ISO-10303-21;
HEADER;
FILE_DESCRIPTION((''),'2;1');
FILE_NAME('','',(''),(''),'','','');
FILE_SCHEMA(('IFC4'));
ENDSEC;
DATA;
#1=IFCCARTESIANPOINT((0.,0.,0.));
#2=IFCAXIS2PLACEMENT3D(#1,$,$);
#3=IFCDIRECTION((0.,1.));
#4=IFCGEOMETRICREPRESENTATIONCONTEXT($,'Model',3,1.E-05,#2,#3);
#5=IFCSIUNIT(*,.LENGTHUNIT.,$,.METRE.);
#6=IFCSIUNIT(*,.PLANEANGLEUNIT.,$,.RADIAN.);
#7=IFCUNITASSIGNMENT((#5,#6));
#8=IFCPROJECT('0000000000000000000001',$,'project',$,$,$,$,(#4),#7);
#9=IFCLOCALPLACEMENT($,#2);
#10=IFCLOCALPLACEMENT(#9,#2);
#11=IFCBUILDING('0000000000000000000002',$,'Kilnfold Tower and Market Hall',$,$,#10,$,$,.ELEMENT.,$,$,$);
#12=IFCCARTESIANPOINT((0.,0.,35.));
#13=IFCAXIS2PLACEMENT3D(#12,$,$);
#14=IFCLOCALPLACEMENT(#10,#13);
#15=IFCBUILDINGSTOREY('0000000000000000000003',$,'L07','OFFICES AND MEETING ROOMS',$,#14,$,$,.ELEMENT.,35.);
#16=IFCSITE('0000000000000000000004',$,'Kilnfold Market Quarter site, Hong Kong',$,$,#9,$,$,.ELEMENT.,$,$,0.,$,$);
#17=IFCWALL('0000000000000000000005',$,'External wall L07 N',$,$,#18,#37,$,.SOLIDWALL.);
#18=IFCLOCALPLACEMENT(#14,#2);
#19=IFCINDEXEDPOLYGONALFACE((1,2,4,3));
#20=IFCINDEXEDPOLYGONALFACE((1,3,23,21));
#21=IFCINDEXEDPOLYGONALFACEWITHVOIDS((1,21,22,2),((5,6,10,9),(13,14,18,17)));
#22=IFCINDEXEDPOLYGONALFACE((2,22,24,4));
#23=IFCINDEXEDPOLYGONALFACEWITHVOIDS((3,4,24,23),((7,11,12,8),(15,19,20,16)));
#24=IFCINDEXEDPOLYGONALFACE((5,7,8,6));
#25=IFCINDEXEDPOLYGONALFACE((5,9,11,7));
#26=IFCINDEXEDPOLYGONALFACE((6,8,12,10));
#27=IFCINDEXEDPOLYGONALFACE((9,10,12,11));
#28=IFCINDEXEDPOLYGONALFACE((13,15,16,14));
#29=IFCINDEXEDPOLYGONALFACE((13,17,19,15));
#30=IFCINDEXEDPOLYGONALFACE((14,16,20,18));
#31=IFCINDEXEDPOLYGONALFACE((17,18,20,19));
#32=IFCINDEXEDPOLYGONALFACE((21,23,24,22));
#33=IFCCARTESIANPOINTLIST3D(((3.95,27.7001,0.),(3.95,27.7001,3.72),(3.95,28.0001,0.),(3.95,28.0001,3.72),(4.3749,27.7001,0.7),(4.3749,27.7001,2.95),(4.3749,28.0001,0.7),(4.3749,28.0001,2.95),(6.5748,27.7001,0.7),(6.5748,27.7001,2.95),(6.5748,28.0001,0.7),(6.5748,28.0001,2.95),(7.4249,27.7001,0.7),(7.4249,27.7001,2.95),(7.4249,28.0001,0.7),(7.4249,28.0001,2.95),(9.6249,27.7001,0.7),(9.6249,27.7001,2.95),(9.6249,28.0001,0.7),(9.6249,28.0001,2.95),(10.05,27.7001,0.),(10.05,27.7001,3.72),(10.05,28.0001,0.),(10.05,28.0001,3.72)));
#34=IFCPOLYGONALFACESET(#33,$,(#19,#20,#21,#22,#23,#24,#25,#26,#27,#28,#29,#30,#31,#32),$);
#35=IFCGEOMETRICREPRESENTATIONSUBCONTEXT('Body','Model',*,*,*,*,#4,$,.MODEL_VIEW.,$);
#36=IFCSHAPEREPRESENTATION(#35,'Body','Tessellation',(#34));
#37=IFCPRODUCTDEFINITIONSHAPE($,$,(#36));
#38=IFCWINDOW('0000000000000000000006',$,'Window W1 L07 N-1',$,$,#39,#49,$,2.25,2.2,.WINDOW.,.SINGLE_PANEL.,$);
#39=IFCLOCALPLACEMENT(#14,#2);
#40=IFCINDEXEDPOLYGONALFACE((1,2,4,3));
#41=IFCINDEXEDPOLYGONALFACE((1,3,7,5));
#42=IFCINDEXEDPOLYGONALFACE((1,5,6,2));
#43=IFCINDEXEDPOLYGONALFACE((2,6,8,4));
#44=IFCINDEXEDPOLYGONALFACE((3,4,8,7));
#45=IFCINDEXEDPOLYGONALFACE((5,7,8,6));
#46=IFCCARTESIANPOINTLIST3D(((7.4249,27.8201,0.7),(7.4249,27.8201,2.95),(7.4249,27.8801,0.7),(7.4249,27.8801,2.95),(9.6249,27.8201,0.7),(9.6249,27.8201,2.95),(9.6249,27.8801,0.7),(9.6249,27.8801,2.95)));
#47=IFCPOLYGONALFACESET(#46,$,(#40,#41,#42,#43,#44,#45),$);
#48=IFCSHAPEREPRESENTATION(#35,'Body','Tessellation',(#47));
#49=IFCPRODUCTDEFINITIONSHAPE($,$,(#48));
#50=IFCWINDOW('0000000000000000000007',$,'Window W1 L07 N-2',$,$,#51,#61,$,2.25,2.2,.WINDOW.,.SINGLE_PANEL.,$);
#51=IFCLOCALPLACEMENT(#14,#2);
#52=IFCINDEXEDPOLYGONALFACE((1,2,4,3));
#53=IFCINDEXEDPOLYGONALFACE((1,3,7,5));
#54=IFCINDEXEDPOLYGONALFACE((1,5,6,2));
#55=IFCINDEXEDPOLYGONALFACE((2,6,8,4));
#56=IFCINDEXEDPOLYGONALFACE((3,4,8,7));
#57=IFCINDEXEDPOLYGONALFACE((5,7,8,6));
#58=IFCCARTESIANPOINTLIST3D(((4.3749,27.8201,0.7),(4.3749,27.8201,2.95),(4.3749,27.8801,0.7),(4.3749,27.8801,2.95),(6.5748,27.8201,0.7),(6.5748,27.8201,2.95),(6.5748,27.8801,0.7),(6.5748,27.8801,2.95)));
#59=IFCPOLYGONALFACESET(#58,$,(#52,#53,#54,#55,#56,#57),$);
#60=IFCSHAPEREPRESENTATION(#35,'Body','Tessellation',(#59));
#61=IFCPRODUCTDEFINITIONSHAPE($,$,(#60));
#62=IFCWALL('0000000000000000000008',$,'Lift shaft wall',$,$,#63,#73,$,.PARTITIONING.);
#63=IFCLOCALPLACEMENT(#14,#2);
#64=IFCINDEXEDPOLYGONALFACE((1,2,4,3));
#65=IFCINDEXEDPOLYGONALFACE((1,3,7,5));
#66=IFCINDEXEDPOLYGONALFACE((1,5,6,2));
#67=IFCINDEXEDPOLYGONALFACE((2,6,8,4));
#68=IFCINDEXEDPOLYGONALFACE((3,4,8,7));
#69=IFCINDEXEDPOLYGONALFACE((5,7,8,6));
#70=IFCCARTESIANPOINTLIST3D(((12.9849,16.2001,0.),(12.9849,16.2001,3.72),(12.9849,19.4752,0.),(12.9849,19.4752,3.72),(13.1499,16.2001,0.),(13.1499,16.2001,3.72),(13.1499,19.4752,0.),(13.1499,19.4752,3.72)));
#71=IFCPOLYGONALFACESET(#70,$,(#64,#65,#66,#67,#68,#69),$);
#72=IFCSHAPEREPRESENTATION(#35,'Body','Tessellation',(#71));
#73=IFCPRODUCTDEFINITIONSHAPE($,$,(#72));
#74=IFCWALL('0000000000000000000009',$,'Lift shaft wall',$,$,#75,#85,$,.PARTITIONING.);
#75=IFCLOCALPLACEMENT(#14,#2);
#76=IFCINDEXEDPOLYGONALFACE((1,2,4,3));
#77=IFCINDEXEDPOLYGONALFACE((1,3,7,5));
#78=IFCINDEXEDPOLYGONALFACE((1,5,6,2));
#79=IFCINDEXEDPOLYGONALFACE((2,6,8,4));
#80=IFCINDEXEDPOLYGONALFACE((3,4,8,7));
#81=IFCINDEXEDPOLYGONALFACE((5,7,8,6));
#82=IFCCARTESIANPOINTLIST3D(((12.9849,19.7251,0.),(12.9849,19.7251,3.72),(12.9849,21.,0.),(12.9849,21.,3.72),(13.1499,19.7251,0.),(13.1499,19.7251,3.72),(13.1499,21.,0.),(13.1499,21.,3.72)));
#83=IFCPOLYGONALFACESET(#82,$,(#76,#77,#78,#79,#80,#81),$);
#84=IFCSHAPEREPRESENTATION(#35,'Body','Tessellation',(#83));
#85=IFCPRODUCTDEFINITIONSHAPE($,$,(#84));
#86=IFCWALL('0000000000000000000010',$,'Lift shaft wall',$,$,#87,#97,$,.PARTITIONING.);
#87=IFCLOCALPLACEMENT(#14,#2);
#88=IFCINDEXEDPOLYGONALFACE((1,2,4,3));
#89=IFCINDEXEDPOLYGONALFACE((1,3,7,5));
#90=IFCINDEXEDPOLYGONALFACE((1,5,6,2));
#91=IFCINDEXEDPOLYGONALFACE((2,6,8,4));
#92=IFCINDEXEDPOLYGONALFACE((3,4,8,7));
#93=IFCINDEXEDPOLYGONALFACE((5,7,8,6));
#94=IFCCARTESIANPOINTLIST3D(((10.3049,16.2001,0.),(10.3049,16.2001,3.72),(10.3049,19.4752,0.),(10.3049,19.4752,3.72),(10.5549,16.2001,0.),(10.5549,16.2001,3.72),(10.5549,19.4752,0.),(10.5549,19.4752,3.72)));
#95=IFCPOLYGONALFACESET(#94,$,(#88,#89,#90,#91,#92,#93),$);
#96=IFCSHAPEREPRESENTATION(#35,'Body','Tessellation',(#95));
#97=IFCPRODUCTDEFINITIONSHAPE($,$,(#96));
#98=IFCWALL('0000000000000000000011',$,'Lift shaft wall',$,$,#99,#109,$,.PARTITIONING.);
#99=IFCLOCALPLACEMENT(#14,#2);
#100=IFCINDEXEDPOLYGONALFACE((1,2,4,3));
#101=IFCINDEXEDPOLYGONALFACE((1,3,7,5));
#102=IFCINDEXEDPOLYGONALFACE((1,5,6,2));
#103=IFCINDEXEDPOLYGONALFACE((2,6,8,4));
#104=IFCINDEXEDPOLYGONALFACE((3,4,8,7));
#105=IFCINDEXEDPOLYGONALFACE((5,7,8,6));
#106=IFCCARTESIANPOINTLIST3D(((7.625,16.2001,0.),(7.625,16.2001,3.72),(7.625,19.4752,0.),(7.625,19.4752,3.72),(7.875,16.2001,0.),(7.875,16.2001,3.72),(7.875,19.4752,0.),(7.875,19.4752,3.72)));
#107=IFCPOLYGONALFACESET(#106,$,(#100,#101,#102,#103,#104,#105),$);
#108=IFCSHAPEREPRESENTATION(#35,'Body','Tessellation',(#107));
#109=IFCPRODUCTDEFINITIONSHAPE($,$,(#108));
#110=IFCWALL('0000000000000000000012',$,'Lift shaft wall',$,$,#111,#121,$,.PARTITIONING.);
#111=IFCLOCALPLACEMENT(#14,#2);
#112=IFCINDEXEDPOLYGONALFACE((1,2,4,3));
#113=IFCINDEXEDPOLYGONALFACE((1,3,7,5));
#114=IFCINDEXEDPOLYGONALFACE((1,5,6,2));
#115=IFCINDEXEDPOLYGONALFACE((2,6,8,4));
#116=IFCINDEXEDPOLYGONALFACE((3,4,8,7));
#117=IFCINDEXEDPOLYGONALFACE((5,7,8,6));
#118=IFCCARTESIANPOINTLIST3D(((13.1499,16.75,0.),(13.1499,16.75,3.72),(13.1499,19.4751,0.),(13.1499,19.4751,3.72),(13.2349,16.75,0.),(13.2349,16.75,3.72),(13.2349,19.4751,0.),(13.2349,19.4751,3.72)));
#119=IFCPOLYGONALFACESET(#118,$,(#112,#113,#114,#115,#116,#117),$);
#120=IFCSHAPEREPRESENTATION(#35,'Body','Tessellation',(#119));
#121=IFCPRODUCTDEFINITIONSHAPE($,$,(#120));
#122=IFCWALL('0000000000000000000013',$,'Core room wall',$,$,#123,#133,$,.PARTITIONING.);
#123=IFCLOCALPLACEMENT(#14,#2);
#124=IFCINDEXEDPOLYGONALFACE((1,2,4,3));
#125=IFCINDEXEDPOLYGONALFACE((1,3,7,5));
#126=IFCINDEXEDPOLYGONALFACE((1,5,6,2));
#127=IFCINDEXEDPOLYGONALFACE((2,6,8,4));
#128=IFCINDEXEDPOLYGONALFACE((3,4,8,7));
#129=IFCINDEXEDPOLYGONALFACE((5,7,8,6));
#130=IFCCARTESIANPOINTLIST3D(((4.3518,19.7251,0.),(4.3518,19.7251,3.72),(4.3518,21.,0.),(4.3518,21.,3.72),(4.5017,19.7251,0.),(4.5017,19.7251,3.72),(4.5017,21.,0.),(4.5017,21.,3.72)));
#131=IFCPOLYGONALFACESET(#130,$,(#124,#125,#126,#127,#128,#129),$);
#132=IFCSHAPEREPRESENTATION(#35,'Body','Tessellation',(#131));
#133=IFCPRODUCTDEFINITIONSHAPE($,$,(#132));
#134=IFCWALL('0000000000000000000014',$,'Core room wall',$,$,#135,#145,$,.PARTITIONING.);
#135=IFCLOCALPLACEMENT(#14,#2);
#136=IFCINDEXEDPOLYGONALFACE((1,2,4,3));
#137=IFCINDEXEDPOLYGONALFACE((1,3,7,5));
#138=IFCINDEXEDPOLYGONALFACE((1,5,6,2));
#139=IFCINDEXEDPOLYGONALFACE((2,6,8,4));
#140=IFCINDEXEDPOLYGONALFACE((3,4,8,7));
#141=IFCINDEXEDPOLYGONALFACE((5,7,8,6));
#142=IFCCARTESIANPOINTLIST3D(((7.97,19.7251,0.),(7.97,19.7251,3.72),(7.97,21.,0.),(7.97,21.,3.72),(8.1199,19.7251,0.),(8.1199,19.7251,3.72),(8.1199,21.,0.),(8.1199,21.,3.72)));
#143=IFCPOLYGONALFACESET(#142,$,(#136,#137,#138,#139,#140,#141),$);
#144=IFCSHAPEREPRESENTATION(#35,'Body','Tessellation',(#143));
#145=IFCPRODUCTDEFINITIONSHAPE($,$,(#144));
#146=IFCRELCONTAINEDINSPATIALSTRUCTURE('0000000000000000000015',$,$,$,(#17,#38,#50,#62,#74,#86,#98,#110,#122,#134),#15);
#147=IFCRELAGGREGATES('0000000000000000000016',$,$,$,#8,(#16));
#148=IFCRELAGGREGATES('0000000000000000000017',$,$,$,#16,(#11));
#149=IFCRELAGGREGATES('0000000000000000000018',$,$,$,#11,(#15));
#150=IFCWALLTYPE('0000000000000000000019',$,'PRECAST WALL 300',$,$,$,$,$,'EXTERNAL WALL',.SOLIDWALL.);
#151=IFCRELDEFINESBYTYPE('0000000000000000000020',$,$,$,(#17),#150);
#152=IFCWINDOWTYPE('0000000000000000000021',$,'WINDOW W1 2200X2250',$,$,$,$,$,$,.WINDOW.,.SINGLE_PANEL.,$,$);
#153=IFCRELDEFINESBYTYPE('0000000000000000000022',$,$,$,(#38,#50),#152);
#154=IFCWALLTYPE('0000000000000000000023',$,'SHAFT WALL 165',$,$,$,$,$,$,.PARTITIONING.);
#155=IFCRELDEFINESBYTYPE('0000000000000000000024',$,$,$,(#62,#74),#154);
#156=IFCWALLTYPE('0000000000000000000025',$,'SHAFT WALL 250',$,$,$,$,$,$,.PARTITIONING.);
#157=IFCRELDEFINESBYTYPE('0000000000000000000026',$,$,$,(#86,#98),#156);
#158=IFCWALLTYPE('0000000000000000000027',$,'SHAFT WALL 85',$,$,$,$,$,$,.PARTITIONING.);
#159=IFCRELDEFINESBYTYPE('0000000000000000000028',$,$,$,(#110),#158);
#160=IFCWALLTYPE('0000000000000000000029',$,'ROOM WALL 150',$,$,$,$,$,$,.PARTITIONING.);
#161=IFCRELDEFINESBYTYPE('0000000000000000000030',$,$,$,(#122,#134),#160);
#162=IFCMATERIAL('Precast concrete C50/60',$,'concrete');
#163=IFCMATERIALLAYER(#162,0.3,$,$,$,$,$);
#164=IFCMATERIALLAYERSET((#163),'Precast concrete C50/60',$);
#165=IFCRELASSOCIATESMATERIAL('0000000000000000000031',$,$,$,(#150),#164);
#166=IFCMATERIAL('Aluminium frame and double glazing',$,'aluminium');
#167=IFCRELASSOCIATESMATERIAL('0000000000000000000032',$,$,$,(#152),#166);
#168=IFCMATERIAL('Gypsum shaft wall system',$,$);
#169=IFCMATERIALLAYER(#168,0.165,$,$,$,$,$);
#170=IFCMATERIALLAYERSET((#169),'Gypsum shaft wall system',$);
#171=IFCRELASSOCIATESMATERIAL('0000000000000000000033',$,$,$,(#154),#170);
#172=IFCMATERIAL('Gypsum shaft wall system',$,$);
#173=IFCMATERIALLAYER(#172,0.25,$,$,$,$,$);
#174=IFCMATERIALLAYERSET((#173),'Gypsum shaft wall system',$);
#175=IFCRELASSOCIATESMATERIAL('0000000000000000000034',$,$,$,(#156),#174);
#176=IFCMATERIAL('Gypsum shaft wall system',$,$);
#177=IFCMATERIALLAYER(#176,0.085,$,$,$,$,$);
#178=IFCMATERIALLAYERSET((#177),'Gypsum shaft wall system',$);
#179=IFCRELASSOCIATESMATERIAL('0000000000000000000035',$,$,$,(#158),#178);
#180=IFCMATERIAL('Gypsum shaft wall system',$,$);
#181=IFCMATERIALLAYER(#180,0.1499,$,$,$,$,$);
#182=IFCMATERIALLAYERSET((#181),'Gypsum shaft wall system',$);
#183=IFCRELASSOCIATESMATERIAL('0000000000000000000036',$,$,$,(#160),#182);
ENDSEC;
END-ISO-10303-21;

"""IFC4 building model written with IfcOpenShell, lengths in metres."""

from ifc_helpers import new_model, si_unit, direction, frame, frame_2d, origin, place, context, subcontext, project, spatial, rectangle, extrude, source, transform, mapped, material, layer, layer_set, type_object, element, fill, save


model = new_model("IFC4")

# Units and contexts
model_context = context("Model", 3, precision=1e-05, world=origin(), true_north=direction((0.0, 1.0)))
body_context = subcontext(model_context, "Body", "Model", "MODEL_VIEW")
ifc_project = project(units=[si_unit("LENGTHUNIT", "METRE"), si_unit("PLANEANGLEUNIT", "RADIAN")], contexts=[model_context])

# Site, building, storey
site_placement = place(None, origin())
site = spatial("IfcSite", under=ifc_project, at=site_placement, Name="Kilnfold Market Quarter site, Hong Kong", CompositionType="ELEMENT", RefElevation=0.0)
building_placement = place(site_placement, origin())
building = spatial("IfcBuilding", under=site, at=building_placement, Name="Kilnfold Tower and Market Hall", CompositionType="ELEMENT")
storey_placement = place(building_placement, frame((0.0, 0.0, 35.0)))
storey = spatial("IfcBuildingStorey", under=building, at=storey_placement, Name="L07", Description="OFFICES AND MEETING ROOMS", CompositionType="ELEMENT", Elevation=35.0)

# Wall, openings, windows
ifc_material_1 = material(Name="Precast concrete C50/60", Category="concrete")
ifc_layer_1 = layer(ifc_material_1, 0.3)
ifc_layer_set_1 = layer_set([ifc_layer_1], Name="Precast concrete C50/60")
wall_type_1 = type_object("IfcWallType", Name="PRECAST WALL 300", ElementType="EXTERNAL WALL", PredefinedType="SOLIDWALL", material=ifc_layer_set_1)
shared_shape_1 = source(origin(), body_context, "Body", "SweptSolid", [
    extrude(rectangle(XDim=6.1001, YDim=0.3, at=frame_2d((3.05, 0.0))), origin(), (0.0, 0.0, 1.0), 3.72),
])
ifc_material_2 = material(Name="Aluminium frame and double glazing", Category="aluminium")
window_type = type_object("IfcWindowType", Name="WINDOW W1 2200X2250", PartitioningType="SINGLE_PANEL", PredefinedType="WINDOW", material=ifc_material_2)
wall_1_placement = place(storey_placement, frame((10.05, 27.8501, 0.0), z_axis=(0.0, 0.0, 1.0), x_axis=(-1.0, 0.0, 0.0)))
wall_1 = element("IfcWall", 1, at=wall_1_placement, inside=storey, type_object=wall_type_1, Name="External wall L07 N", PredefinedType="SOLIDWALL", context=body_context, shape_type="MappedRepresentation", body=[
    mapped(shared_shape_1, transform((0.0, 0.0, 0.0))),
])
opening_1_placement = place(wall_1_placement, frame((0.425, 0.0, 0.7)))
opening_1 = element("IfcOpeningElement", 2, at=opening_1_placement, cuts=wall_1, PredefinedType="OPENING", context=body_context, shape_type="SweptSolid", body=[
    extrude(rectangle(XDim=2.2, YDim=2.25, at=frame_2d((1.1001, 1.125))), frame((0.0, 0.1602, 0.0), z_axis=(0.0, -1.0, 0.0), x_axis=(1.0, 0.0, 0.0)), (0.0, 0.0, 1.0), 0.3201),
])
opening_2_placement = place(wall_1_placement, frame((3.4751, 0.0, 0.7)))
opening_2 = element("IfcOpeningElement", 3, at=opening_2_placement, cuts=wall_1, PredefinedType="OPENING", context=body_context, shape_type="SweptSolid", body=[
    extrude(rectangle(XDim=2.2, YDim=2.25, at=frame_2d((1.1001, 1.125))), frame((0.0, 0.1602, 0.0), z_axis=(0.0, -1.0, 0.0), x_axis=(1.0, 0.0, 0.0)), (0.0, 0.0, 1.0), 0.3201),
])
window_1_placement = place(opening_1_placement, origin())
window_1 = element("IfcWindow", 4, at=window_1_placement, inside=storey, type_object=window_type, Name="Window W1 L07 N-1", OverallHeight=2.25, OverallWidth=2.2, PartitioningType="SINGLE_PANEL", PredefinedType="WINDOW", context=body_context, shape_type="SweptSolid", body=[
    extrude(rectangle(XDim=2.2, YDim=2.25, at=frame_2d((1.1001, 1.125))), frame((0.0, 0.03, 0.0), z_axis=(0.0, -1.0, 0.0), x_axis=(1.0, 0.0, 0.0)), (0.0, 0.0, 1.0), 0.0601),
])
fill(opening_1, window_1)
window_2_placement = place(opening_2_placement, origin())
window_2 = element("IfcWindow", 5, at=window_2_placement, inside=storey, type_object=window_type, Name="Window W1 L07 N-2", OverallHeight=2.25, OverallWidth=2.2, PartitioningType="SINGLE_PANEL", PredefinedType="WINDOW", context=body_context, shape_type="SweptSolid", body=[
    extrude(rectangle(XDim=2.2, YDim=2.25, at=frame_2d((1.1001, 1.125))), frame((0.0, 0.03, 0.0), z_axis=(0.0, -1.0, 0.0), x_axis=(1.0, 0.0, 0.0)), (0.0, 0.0, 1.0), 0.0601),
])
fill(opening_2, window_2)

# Walls
ifc_material_3 = material(Name="Gypsum shaft wall system")
ifc_layer_2 = layer(ifc_material_3, 0.165)
ifc_layer_set_2 = layer_set([ifc_layer_2], Name="Gypsum shaft wall system")
wall_type_2 = type_object("IfcWallType", Name="SHAFT WALL 165", PredefinedType="PARTITIONING", material=ifc_layer_set_2)
shared_shape_2 = source(origin(), body_context, "Body", "SweptSolid", [
    extrude(rectangle(XDim=3.2751, YDim=0.165, at=frame_2d((1.6377, 0.0))), origin(), (0.0, 0.0, 1.0), 3.72),
])
wall_2_placement = place(storey_placement, frame((13.0674, 16.2, 0.0), z_axis=(0.0, 0.0, 1.0), x_axis=(0.0, 1.0, 0.0)))
element("IfcWall", 6, at=wall_2_placement, inside=storey, type_object=wall_type_2, Name="Lift shaft wall", PredefinedType="PARTITIONING", context=body_context, shape_type="MappedRepresentation", body=[
    mapped(shared_shape_2, transform((0.0, 0.0, 0.0))),
])
shared_shape_3 = source(origin(), body_context, "Body", "SweptSolid", [
    extrude(rectangle(XDim=1.2749, YDim=0.165, at=frame_2d((0.6375, 0.0))), origin(), (0.0, 0.0, 1.0), 3.72),
])
wall_3_placement = place(storey_placement, frame((13.0674, 19.7251, 0.0), z_axis=(0.0, 0.0, 1.0), x_axis=(0.0, 1.0, 0.0)))
element("IfcWall", 7, at=wall_3_placement, inside=storey, type_object=wall_type_2, Name="Lift shaft wall", PredefinedType="PARTITIONING", context=body_context, shape_type="MappedRepresentation", body=[
    mapped(shared_shape_3, transform((0.0, 0.0, 0.0))),
])
ifc_material_4 = material(Name="Gypsum shaft wall system")
ifc_layer_3 = layer(ifc_material_4, 0.25)
ifc_layer_set_3 = layer_set([ifc_layer_3], Name="Gypsum shaft wall system")
wall_type_3 = type_object("IfcWallType", Name="SHAFT WALL 250", PredefinedType="PARTITIONING", material=ifc_layer_set_3)
shared_shape_4 = source(origin(), body_context, "Body", "SweptSolid", [
    extrude(rectangle(XDim=3.2751, YDim=0.25, at=frame_2d((1.6377, 0.0))), origin(), (0.0, 0.0, 1.0), 3.72),
])
for number, where, z_axis, x_axis, name in (
    (8, (10.4299, 16.2, 0.0), (0.0, 0.0, 1.0), (0.0, 1.0, 0.0), "Lift shaft wall"),
    (9, (7.75, 16.2, 0.0), (0.0, 0.0, 1.0), (0.0, 1.0, 0.0), "Lift shaft wall"),
):
    element("IfcWall", number, at=place(storey_placement, frame(where, z_axis=z_axis, x_axis=x_axis)), inside=storey, type_object=wall_type_3, Name=name, PredefinedType="PARTITIONING", context=body_context, shape_type="MappedRepresentation", body=[
        mapped(shared_shape_4, transform((0.0, 0.0, 0.0))),
    ])
ifc_material_5 = material(Name="Gypsum shaft wall system")
ifc_layer_4 = layer(ifc_material_5, 0.085)
ifc_layer_set_4 = layer_set([ifc_layer_4], Name="Gypsum shaft wall system")
wall_type_4 = type_object("IfcWallType", Name="SHAFT WALL 85", PredefinedType="PARTITIONING", material=ifc_layer_set_4)
shared_shape_5 = source(origin(), body_context, "Body", "SweptSolid", [
    extrude(rectangle(XDim=2.7251, YDim=0.085, at=frame_2d((1.3625, 0.0))), origin(), (0.0, 0.0, 1.0), 3.72),
])
wall_4_placement = place(storey_placement, frame((13.1924, 16.75, 0.0), z_axis=(0.0, 0.0, 1.0), x_axis=(0.0, 1.0, 0.0)))
element("IfcWall", 10, at=wall_4_placement, inside=storey, type_object=wall_type_4, Name="Lift shaft wall", PredefinedType="PARTITIONING", context=body_context, shape_type="MappedRepresentation", body=[
    mapped(shared_shape_5, transform((0.0, 0.0, 0.0))),
])
ifc_material_6 = material(Name="Gypsum shaft wall system")
ifc_layer_5 = layer(ifc_material_6, 0.1499)
ifc_layer_set_5 = layer_set([ifc_layer_5], Name="Gypsum shaft wall system")
wall_type_5 = type_object("IfcWallType", Name="ROOM WALL 150", PredefinedType="PARTITIONING", material=ifc_layer_set_5)
shared_shape_6 = source(origin(), body_context, "Body", "SweptSolid", [
    extrude(rectangle(XDim=1.2749, YDim=0.1499, at=frame_2d((0.6375, 0.0))), origin(), (0.0, 0.0, 1.0), 3.72),
])
for number, where, z_axis, x_axis, name in (
    (11, (4.4268, 19.7251, 0.0), (0.0, 0.0, 1.0), (0.0, 1.0, 0.0), "Core room wall"),
    (12, (8.0449, 19.7251, 0.0), (0.0, 0.0, 1.0), (0.0, 1.0, 0.0), "Core room wall"),
):
    element("IfcWall", number, at=place(storey_placement, frame(where, z_axis=z_axis, x_axis=x_axis)), inside=storey, type_object=wall_type_5, Name=name, PredefinedType="PARTITIONING", context=body_context, shape_type="MappedRepresentation", body=[
        mapped(shared_shape_6, transform((0.0, 0.0, 0.0))),
    ])

save(model, "model.ifc")
